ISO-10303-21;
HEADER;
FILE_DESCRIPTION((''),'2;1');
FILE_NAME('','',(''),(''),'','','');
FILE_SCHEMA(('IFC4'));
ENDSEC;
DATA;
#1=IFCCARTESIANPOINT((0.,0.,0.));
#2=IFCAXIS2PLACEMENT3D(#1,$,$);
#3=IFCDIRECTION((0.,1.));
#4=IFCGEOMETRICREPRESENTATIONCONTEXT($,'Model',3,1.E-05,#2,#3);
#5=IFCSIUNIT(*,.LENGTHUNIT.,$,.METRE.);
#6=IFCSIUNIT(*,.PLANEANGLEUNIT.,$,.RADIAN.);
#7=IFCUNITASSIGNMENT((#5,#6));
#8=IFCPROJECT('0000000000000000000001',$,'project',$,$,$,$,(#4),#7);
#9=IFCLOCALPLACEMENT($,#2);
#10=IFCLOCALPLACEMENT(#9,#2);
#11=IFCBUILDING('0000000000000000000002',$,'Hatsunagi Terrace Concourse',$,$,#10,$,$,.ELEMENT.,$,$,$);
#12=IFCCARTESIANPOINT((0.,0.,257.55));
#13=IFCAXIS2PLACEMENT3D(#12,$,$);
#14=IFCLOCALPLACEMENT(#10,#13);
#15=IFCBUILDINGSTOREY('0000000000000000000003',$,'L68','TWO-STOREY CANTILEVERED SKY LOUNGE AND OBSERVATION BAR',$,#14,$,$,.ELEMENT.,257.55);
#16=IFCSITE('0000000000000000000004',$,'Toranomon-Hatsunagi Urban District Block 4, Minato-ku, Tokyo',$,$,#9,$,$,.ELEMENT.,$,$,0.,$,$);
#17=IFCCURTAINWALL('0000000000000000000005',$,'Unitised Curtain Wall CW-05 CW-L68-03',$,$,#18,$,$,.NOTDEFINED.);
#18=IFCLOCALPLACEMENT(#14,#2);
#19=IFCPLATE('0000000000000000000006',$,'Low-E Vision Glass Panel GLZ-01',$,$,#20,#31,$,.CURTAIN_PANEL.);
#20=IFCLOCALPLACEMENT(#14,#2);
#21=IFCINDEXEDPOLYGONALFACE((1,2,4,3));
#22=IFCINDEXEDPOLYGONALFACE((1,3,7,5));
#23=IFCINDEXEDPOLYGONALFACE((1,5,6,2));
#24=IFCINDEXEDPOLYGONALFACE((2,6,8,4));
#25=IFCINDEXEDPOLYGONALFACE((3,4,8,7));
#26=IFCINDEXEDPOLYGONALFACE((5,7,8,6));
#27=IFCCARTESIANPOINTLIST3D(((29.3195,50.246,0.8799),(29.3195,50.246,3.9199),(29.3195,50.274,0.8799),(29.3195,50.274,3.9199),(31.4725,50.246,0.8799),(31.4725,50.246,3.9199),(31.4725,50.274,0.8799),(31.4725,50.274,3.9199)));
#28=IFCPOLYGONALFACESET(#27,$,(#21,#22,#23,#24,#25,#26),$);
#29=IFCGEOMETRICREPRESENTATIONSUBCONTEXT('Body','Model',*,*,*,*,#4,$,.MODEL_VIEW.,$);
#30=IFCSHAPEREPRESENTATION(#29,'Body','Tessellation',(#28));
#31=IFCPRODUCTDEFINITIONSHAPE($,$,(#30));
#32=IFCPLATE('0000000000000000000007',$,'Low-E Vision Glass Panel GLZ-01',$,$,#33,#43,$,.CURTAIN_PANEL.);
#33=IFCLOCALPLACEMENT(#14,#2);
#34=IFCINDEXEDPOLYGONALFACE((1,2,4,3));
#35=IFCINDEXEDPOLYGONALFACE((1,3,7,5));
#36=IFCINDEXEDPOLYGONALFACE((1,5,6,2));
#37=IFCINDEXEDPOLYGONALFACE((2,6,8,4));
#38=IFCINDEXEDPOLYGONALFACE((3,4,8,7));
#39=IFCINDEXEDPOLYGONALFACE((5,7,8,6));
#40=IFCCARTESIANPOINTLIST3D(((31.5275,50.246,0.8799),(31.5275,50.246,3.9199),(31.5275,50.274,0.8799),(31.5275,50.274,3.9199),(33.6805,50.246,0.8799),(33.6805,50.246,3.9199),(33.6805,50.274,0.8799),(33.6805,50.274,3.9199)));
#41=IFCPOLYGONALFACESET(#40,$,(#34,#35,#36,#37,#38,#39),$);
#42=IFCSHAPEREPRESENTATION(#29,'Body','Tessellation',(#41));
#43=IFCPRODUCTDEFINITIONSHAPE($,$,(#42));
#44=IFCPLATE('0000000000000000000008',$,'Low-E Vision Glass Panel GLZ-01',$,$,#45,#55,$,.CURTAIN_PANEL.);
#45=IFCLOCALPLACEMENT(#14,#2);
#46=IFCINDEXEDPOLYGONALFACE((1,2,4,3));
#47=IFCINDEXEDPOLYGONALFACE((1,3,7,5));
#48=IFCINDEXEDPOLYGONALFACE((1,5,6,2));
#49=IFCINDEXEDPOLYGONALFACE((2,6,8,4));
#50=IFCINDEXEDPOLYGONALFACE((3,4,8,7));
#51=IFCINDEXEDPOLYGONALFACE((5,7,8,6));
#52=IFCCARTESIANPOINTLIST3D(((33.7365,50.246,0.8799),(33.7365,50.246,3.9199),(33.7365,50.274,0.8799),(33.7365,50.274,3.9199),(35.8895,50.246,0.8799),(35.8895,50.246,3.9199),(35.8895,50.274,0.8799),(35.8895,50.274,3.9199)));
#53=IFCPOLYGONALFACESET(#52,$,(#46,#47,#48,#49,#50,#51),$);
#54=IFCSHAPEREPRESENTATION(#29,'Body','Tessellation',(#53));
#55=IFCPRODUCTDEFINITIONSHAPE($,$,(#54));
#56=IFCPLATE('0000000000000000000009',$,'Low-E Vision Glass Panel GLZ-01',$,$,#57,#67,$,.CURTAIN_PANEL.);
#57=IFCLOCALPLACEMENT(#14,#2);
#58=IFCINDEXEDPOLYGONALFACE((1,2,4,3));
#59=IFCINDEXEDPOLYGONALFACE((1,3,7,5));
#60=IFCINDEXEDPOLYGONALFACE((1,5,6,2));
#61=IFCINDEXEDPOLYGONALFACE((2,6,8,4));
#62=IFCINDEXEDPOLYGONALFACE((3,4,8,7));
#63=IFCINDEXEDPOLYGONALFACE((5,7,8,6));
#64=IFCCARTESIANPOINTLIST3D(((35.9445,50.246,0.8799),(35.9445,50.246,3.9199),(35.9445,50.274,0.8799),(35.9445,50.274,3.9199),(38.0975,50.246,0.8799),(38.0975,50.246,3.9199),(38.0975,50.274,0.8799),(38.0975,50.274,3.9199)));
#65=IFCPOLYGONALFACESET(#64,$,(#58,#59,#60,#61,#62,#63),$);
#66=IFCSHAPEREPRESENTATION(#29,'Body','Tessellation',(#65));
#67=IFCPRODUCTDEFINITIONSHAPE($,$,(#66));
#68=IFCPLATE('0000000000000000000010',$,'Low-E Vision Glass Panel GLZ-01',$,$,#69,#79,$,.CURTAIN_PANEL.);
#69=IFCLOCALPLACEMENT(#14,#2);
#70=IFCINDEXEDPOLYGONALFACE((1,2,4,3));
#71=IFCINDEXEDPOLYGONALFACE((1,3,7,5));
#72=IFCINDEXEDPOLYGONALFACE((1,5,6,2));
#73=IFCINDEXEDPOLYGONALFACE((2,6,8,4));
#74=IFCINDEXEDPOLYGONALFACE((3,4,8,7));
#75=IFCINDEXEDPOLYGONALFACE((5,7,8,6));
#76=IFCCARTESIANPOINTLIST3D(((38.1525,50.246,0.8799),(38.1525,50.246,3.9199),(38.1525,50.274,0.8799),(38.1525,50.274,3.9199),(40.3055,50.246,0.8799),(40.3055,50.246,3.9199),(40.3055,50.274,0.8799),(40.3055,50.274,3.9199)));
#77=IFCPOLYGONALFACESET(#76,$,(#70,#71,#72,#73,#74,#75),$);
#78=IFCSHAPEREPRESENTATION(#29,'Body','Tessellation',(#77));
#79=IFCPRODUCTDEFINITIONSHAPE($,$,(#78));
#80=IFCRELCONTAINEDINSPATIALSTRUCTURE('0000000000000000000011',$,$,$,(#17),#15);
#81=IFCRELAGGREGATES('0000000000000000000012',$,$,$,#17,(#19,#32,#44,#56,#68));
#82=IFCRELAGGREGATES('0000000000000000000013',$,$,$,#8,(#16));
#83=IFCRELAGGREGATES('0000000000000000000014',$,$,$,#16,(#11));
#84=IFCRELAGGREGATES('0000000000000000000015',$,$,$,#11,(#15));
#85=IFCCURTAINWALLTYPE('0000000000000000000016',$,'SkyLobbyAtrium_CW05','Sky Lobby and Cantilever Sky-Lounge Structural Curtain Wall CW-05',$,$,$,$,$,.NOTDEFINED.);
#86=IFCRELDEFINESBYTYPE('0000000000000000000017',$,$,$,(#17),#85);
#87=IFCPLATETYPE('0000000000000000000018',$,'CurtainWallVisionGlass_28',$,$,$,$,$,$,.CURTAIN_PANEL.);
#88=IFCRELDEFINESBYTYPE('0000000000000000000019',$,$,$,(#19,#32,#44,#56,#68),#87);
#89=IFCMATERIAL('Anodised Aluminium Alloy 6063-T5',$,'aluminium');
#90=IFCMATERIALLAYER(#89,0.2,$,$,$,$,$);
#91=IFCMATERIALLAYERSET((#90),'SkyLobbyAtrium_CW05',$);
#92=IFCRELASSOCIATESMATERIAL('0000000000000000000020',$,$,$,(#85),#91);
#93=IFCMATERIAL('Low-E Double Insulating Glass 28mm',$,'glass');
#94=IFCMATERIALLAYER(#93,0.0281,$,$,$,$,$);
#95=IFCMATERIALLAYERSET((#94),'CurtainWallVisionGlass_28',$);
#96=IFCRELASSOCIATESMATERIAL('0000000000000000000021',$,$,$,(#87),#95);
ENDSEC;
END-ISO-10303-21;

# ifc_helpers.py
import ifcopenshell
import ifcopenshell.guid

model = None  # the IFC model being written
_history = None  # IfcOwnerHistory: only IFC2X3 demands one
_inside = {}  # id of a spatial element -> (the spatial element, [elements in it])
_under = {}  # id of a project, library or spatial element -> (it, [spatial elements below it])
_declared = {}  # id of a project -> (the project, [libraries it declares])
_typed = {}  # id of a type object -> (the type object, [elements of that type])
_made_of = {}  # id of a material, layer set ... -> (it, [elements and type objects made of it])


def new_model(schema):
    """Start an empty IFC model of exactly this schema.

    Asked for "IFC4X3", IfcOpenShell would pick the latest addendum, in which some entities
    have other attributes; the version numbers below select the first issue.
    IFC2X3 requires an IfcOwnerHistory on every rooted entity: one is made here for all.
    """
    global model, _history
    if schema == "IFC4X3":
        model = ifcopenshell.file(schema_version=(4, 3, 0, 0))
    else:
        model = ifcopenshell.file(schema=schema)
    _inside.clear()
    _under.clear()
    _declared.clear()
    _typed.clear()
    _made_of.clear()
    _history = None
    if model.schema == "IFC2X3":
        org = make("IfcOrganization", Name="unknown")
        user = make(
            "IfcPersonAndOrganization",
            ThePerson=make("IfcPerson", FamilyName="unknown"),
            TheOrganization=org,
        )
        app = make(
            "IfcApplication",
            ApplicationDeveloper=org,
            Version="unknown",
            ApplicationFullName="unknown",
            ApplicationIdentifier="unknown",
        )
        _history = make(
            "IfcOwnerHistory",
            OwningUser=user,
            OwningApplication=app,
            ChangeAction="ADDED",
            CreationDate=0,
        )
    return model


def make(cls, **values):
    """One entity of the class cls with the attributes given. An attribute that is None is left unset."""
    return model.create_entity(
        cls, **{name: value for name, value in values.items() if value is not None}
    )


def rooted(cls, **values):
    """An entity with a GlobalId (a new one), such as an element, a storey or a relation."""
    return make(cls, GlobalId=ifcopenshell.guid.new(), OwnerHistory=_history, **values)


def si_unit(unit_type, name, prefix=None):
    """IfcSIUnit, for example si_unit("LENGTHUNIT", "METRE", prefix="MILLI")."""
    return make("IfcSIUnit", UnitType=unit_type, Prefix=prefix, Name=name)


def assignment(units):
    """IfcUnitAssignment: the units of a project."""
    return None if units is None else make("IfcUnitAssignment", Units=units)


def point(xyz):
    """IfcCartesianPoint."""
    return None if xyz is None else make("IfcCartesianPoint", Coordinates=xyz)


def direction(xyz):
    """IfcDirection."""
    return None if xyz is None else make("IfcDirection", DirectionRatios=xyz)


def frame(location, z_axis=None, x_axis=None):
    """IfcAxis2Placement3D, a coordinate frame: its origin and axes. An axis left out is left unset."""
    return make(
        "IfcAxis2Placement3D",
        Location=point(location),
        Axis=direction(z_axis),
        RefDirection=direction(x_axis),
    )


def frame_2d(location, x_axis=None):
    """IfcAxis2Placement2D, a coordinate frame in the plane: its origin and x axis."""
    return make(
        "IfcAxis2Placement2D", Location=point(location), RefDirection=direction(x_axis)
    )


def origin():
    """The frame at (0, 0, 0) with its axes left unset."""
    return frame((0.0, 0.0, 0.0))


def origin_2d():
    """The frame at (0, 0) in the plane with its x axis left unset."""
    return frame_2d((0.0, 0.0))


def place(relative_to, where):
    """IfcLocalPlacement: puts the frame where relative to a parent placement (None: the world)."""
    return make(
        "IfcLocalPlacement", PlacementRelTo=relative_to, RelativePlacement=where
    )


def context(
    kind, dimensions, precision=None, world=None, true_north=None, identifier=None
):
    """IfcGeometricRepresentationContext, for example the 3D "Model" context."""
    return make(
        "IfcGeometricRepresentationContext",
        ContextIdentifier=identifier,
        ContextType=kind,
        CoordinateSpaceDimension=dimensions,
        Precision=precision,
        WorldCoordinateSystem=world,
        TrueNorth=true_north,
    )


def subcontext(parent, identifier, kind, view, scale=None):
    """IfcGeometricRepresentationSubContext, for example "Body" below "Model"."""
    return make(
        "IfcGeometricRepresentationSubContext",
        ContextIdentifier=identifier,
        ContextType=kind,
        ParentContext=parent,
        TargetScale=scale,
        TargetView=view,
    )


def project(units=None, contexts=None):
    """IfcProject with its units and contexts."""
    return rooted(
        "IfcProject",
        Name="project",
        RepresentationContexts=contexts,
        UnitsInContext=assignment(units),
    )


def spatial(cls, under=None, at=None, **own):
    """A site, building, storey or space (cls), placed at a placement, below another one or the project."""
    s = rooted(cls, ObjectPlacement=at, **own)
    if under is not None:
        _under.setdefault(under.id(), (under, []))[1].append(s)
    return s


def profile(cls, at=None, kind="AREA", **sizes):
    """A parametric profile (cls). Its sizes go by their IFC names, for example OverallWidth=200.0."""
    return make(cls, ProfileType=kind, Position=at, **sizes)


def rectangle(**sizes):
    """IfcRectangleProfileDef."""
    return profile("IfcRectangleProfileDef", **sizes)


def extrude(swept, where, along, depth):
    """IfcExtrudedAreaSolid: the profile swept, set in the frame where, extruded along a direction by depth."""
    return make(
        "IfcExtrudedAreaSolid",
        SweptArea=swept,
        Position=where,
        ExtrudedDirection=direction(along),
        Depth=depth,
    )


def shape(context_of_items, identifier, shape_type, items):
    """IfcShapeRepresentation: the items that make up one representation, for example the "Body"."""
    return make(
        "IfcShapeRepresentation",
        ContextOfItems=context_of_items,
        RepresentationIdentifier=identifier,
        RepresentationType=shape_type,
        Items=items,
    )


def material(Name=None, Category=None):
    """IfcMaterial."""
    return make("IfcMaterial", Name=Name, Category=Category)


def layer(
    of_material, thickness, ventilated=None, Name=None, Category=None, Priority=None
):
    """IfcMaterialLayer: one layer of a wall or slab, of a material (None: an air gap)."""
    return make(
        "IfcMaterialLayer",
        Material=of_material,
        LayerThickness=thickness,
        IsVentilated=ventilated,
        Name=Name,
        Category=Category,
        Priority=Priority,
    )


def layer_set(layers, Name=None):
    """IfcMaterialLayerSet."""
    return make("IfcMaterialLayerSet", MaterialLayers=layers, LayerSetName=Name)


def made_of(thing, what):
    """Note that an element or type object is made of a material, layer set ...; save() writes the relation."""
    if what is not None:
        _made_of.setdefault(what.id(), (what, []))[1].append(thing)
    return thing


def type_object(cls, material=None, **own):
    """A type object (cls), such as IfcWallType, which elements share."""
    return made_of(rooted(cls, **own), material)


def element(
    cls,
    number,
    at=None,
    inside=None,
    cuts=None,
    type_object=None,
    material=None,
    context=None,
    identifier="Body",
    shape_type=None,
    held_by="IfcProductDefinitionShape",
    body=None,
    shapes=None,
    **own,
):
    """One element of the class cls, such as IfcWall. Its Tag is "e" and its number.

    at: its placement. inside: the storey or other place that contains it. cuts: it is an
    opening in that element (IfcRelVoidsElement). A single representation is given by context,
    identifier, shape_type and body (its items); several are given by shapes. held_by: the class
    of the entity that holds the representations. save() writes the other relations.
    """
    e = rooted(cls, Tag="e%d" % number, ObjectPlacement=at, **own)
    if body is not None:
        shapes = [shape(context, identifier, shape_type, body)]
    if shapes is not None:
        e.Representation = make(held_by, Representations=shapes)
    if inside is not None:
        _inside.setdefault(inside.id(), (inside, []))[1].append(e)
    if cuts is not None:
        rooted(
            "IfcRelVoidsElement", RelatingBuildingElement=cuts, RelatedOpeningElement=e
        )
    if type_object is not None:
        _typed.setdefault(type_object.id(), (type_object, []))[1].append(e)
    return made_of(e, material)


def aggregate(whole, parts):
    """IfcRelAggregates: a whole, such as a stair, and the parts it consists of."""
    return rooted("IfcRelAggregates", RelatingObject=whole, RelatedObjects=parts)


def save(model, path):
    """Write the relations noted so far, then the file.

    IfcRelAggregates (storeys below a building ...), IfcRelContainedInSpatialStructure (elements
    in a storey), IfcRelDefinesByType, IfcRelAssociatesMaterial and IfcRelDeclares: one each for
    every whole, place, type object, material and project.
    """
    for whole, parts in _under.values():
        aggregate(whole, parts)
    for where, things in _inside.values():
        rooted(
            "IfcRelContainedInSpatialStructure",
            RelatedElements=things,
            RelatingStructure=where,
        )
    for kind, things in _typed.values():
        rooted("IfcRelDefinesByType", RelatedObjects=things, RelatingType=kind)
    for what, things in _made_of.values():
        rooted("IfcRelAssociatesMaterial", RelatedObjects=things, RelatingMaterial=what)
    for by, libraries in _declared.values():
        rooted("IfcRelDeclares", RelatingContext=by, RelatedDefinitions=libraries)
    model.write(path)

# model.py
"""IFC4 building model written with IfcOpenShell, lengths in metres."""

from ifc_helpers import new_model, si_unit, direction, frame, origin, origin_2d, place, context, subcontext, project, spatial, rectangle, extrude, material, layer, layer_set, type_object, element, aggregate, save


model = new_model("IFC4")

# Units and contexts
model_context = context("Model", 3, precision=1e-05, world=origin(), true_north=direction((0.0, 1.0)))
body_context = subcontext(model_context, "Body", "Model", "MODEL_VIEW")
ifc_project = project(units=[si_unit("LENGTHUNIT", "METRE"), si_unit("PLANEANGLEUNIT", "RADIAN")], contexts=[model_context])

# Site, building, storey
site_placement = place(None, origin())
site = spatial("IfcSite", under=ifc_project, at=site_placement, Name="Toranomon-Hatsunagi Urban District Block 4, Minato-ku, Tokyo", CompositionType="ELEMENT", RefElevation=0.0)
building_placement = place(site_placement, origin())
building = spatial("IfcBuilding", under=site, at=building_placement, Name="Hatsunagi Terrace Concourse", CompositionType="ELEMENT")
storey_placement = place(building_placement, frame((0.0, 0.0, 257.55)))
storey = spatial("IfcBuildingStorey", under=building, at=storey_placement, Name="L68", Description="TWO-STOREY CANTILEVERED SKY LOUNGE AND OBSERVATION BAR", CompositionType="ELEMENT", Elevation=257.55)

# Curtain wall
ifc_material_1 = material(Name="Anodised Aluminium Alloy 6063-T5", Category="aluminium")
ifc_layer_1 = layer(ifc_material_1, 0.2)
ifc_layer_set_1 = layer_set([ifc_layer_1], Name="SkyLobbyAtrium_CW05")
curtain_wall_type = type_object("IfcCurtainWallType", Name="SkyLobbyAtrium_CW05", Description="Sky Lobby and Cantilever Sky-Lounge Structural Curtain Wall CW-05", PredefinedType="NOTDEFINED", material=ifc_layer_set_1)
curtain_wall_placement = place(storey_placement, origin())
curtain_wall = element("IfcCurtainWall", 1, at=curtain_wall_placement, inside=storey, type_object=curtain_wall_type, Name="Unitised Curtain Wall CW-05 CW-L68-03", PredefinedType="NOTDEFINED")

# Plates
ifc_material_2 = material(Name="Low-E Double Insulating Glass 28mm", Category="glass")
ifc_layer_2 = layer(ifc_material_2, 0.0281)
ifc_layer_set_2 = layer_set([ifc_layer_2], Name="CurtainWallVisionGlass_28")
plate_type_1 = type_object("IfcPlateType", Name="CurtainWallVisionGlass_28", PredefinedType="CURTAIN_PANEL", material=ifc_layer_set_2)
plate_1_placement = place(storey_placement, frame((30.396, 50.26, 0.8799), z_axis=(0.0, 0.0, 1.0), x_axis=(1.0, 0.0, 0.0)))
plate_1 = element("IfcPlate", 2, at=plate_1_placement, type_object=plate_type_1, Name="Low-E Vision Glass Panel GLZ-01", PredefinedType="CURTAIN_PANEL", context=body_context, shape_type="SweptSolid", body=[
    extrude(rectangle(XDim=2.1531, YDim=0.0281, at=origin_2d()), origin(), (0.0, 0.0, 1.0), 3.04),
])
plate_2_placement = place(storey_placement, frame((32.604, 50.26, 0.8799), z_axis=(0.0, 0.0, 1.0), x_axis=(1.0, 0.0, 0.0)))
plate_2 = element("IfcPlate", 3, at=plate_2_placement, type_object=plate_type_1, Name="Low-E Vision Glass Panel GLZ-01", PredefinedType="CURTAIN_PANEL", context=body_context, shape_type="SweptSolid", body=[
    extrude(rectangle(XDim=2.1531, YDim=0.0281, at=origin_2d()), origin(), (0.0, 0.0, 1.0), 3.04),
])
plate_3_placement = place(storey_placement, frame((34.813, 50.26, 0.8799), z_axis=(0.0, 0.0, 1.0), x_axis=(1.0, 0.0, 0.0)))
plate_3 = element("IfcPlate", 4, at=plate_3_placement, type_object=plate_type_1, Name="Low-E Vision Glass Panel GLZ-01", PredefinedType="CURTAIN_PANEL", context=body_context, shape_type="SweptSolid", body=[
    extrude(rectangle(XDim=2.1531, YDim=0.0281, at=origin_2d()), origin(), (0.0, 0.0, 1.0), 3.04),
])
plate_4_placement = place(storey_placement, frame((37.021, 50.26, 0.8799), z_axis=(0.0, 0.0, 1.0), x_axis=(1.0, 0.0, 0.0)))
plate_4 = element("IfcPlate", 5, at=plate_4_placement, type_object=plate_type_1, Name="Low-E Vision Glass Panel GLZ-01", PredefinedType="CURTAIN_PANEL", context=body_context, shape_type="SweptSolid", body=[
    extrude(rectangle(XDim=2.1531, YDim=0.0281, at=origin_2d()), origin(), (0.0, 0.0, 1.0), 3.04),
])
plate_5_placement = place(storey_placement, frame((39.229, 50.26, 0.8799), z_axis=(0.0, 0.0, 1.0), x_axis=(1.0, 0.0, 0.0)))
plate_5 = element("IfcPlate", 6, at=plate_5_placement, type_object=plate_type_1, Name="Low-E Vision Glass Panel GLZ-01", PredefinedType="CURTAIN_PANEL", context=body_context, shape_type="SweptSolid", body=[
    extrude(rectangle(XDim=2.1531, YDim=0.0281, at=origin_2d()), origin(), (0.0, 0.0, 1.0), 3.04),
])
aggregate(curtain_wall, [plate_1, plate_2, plate_3, plate_4, plate_5])

save(model, "model.ifc")
